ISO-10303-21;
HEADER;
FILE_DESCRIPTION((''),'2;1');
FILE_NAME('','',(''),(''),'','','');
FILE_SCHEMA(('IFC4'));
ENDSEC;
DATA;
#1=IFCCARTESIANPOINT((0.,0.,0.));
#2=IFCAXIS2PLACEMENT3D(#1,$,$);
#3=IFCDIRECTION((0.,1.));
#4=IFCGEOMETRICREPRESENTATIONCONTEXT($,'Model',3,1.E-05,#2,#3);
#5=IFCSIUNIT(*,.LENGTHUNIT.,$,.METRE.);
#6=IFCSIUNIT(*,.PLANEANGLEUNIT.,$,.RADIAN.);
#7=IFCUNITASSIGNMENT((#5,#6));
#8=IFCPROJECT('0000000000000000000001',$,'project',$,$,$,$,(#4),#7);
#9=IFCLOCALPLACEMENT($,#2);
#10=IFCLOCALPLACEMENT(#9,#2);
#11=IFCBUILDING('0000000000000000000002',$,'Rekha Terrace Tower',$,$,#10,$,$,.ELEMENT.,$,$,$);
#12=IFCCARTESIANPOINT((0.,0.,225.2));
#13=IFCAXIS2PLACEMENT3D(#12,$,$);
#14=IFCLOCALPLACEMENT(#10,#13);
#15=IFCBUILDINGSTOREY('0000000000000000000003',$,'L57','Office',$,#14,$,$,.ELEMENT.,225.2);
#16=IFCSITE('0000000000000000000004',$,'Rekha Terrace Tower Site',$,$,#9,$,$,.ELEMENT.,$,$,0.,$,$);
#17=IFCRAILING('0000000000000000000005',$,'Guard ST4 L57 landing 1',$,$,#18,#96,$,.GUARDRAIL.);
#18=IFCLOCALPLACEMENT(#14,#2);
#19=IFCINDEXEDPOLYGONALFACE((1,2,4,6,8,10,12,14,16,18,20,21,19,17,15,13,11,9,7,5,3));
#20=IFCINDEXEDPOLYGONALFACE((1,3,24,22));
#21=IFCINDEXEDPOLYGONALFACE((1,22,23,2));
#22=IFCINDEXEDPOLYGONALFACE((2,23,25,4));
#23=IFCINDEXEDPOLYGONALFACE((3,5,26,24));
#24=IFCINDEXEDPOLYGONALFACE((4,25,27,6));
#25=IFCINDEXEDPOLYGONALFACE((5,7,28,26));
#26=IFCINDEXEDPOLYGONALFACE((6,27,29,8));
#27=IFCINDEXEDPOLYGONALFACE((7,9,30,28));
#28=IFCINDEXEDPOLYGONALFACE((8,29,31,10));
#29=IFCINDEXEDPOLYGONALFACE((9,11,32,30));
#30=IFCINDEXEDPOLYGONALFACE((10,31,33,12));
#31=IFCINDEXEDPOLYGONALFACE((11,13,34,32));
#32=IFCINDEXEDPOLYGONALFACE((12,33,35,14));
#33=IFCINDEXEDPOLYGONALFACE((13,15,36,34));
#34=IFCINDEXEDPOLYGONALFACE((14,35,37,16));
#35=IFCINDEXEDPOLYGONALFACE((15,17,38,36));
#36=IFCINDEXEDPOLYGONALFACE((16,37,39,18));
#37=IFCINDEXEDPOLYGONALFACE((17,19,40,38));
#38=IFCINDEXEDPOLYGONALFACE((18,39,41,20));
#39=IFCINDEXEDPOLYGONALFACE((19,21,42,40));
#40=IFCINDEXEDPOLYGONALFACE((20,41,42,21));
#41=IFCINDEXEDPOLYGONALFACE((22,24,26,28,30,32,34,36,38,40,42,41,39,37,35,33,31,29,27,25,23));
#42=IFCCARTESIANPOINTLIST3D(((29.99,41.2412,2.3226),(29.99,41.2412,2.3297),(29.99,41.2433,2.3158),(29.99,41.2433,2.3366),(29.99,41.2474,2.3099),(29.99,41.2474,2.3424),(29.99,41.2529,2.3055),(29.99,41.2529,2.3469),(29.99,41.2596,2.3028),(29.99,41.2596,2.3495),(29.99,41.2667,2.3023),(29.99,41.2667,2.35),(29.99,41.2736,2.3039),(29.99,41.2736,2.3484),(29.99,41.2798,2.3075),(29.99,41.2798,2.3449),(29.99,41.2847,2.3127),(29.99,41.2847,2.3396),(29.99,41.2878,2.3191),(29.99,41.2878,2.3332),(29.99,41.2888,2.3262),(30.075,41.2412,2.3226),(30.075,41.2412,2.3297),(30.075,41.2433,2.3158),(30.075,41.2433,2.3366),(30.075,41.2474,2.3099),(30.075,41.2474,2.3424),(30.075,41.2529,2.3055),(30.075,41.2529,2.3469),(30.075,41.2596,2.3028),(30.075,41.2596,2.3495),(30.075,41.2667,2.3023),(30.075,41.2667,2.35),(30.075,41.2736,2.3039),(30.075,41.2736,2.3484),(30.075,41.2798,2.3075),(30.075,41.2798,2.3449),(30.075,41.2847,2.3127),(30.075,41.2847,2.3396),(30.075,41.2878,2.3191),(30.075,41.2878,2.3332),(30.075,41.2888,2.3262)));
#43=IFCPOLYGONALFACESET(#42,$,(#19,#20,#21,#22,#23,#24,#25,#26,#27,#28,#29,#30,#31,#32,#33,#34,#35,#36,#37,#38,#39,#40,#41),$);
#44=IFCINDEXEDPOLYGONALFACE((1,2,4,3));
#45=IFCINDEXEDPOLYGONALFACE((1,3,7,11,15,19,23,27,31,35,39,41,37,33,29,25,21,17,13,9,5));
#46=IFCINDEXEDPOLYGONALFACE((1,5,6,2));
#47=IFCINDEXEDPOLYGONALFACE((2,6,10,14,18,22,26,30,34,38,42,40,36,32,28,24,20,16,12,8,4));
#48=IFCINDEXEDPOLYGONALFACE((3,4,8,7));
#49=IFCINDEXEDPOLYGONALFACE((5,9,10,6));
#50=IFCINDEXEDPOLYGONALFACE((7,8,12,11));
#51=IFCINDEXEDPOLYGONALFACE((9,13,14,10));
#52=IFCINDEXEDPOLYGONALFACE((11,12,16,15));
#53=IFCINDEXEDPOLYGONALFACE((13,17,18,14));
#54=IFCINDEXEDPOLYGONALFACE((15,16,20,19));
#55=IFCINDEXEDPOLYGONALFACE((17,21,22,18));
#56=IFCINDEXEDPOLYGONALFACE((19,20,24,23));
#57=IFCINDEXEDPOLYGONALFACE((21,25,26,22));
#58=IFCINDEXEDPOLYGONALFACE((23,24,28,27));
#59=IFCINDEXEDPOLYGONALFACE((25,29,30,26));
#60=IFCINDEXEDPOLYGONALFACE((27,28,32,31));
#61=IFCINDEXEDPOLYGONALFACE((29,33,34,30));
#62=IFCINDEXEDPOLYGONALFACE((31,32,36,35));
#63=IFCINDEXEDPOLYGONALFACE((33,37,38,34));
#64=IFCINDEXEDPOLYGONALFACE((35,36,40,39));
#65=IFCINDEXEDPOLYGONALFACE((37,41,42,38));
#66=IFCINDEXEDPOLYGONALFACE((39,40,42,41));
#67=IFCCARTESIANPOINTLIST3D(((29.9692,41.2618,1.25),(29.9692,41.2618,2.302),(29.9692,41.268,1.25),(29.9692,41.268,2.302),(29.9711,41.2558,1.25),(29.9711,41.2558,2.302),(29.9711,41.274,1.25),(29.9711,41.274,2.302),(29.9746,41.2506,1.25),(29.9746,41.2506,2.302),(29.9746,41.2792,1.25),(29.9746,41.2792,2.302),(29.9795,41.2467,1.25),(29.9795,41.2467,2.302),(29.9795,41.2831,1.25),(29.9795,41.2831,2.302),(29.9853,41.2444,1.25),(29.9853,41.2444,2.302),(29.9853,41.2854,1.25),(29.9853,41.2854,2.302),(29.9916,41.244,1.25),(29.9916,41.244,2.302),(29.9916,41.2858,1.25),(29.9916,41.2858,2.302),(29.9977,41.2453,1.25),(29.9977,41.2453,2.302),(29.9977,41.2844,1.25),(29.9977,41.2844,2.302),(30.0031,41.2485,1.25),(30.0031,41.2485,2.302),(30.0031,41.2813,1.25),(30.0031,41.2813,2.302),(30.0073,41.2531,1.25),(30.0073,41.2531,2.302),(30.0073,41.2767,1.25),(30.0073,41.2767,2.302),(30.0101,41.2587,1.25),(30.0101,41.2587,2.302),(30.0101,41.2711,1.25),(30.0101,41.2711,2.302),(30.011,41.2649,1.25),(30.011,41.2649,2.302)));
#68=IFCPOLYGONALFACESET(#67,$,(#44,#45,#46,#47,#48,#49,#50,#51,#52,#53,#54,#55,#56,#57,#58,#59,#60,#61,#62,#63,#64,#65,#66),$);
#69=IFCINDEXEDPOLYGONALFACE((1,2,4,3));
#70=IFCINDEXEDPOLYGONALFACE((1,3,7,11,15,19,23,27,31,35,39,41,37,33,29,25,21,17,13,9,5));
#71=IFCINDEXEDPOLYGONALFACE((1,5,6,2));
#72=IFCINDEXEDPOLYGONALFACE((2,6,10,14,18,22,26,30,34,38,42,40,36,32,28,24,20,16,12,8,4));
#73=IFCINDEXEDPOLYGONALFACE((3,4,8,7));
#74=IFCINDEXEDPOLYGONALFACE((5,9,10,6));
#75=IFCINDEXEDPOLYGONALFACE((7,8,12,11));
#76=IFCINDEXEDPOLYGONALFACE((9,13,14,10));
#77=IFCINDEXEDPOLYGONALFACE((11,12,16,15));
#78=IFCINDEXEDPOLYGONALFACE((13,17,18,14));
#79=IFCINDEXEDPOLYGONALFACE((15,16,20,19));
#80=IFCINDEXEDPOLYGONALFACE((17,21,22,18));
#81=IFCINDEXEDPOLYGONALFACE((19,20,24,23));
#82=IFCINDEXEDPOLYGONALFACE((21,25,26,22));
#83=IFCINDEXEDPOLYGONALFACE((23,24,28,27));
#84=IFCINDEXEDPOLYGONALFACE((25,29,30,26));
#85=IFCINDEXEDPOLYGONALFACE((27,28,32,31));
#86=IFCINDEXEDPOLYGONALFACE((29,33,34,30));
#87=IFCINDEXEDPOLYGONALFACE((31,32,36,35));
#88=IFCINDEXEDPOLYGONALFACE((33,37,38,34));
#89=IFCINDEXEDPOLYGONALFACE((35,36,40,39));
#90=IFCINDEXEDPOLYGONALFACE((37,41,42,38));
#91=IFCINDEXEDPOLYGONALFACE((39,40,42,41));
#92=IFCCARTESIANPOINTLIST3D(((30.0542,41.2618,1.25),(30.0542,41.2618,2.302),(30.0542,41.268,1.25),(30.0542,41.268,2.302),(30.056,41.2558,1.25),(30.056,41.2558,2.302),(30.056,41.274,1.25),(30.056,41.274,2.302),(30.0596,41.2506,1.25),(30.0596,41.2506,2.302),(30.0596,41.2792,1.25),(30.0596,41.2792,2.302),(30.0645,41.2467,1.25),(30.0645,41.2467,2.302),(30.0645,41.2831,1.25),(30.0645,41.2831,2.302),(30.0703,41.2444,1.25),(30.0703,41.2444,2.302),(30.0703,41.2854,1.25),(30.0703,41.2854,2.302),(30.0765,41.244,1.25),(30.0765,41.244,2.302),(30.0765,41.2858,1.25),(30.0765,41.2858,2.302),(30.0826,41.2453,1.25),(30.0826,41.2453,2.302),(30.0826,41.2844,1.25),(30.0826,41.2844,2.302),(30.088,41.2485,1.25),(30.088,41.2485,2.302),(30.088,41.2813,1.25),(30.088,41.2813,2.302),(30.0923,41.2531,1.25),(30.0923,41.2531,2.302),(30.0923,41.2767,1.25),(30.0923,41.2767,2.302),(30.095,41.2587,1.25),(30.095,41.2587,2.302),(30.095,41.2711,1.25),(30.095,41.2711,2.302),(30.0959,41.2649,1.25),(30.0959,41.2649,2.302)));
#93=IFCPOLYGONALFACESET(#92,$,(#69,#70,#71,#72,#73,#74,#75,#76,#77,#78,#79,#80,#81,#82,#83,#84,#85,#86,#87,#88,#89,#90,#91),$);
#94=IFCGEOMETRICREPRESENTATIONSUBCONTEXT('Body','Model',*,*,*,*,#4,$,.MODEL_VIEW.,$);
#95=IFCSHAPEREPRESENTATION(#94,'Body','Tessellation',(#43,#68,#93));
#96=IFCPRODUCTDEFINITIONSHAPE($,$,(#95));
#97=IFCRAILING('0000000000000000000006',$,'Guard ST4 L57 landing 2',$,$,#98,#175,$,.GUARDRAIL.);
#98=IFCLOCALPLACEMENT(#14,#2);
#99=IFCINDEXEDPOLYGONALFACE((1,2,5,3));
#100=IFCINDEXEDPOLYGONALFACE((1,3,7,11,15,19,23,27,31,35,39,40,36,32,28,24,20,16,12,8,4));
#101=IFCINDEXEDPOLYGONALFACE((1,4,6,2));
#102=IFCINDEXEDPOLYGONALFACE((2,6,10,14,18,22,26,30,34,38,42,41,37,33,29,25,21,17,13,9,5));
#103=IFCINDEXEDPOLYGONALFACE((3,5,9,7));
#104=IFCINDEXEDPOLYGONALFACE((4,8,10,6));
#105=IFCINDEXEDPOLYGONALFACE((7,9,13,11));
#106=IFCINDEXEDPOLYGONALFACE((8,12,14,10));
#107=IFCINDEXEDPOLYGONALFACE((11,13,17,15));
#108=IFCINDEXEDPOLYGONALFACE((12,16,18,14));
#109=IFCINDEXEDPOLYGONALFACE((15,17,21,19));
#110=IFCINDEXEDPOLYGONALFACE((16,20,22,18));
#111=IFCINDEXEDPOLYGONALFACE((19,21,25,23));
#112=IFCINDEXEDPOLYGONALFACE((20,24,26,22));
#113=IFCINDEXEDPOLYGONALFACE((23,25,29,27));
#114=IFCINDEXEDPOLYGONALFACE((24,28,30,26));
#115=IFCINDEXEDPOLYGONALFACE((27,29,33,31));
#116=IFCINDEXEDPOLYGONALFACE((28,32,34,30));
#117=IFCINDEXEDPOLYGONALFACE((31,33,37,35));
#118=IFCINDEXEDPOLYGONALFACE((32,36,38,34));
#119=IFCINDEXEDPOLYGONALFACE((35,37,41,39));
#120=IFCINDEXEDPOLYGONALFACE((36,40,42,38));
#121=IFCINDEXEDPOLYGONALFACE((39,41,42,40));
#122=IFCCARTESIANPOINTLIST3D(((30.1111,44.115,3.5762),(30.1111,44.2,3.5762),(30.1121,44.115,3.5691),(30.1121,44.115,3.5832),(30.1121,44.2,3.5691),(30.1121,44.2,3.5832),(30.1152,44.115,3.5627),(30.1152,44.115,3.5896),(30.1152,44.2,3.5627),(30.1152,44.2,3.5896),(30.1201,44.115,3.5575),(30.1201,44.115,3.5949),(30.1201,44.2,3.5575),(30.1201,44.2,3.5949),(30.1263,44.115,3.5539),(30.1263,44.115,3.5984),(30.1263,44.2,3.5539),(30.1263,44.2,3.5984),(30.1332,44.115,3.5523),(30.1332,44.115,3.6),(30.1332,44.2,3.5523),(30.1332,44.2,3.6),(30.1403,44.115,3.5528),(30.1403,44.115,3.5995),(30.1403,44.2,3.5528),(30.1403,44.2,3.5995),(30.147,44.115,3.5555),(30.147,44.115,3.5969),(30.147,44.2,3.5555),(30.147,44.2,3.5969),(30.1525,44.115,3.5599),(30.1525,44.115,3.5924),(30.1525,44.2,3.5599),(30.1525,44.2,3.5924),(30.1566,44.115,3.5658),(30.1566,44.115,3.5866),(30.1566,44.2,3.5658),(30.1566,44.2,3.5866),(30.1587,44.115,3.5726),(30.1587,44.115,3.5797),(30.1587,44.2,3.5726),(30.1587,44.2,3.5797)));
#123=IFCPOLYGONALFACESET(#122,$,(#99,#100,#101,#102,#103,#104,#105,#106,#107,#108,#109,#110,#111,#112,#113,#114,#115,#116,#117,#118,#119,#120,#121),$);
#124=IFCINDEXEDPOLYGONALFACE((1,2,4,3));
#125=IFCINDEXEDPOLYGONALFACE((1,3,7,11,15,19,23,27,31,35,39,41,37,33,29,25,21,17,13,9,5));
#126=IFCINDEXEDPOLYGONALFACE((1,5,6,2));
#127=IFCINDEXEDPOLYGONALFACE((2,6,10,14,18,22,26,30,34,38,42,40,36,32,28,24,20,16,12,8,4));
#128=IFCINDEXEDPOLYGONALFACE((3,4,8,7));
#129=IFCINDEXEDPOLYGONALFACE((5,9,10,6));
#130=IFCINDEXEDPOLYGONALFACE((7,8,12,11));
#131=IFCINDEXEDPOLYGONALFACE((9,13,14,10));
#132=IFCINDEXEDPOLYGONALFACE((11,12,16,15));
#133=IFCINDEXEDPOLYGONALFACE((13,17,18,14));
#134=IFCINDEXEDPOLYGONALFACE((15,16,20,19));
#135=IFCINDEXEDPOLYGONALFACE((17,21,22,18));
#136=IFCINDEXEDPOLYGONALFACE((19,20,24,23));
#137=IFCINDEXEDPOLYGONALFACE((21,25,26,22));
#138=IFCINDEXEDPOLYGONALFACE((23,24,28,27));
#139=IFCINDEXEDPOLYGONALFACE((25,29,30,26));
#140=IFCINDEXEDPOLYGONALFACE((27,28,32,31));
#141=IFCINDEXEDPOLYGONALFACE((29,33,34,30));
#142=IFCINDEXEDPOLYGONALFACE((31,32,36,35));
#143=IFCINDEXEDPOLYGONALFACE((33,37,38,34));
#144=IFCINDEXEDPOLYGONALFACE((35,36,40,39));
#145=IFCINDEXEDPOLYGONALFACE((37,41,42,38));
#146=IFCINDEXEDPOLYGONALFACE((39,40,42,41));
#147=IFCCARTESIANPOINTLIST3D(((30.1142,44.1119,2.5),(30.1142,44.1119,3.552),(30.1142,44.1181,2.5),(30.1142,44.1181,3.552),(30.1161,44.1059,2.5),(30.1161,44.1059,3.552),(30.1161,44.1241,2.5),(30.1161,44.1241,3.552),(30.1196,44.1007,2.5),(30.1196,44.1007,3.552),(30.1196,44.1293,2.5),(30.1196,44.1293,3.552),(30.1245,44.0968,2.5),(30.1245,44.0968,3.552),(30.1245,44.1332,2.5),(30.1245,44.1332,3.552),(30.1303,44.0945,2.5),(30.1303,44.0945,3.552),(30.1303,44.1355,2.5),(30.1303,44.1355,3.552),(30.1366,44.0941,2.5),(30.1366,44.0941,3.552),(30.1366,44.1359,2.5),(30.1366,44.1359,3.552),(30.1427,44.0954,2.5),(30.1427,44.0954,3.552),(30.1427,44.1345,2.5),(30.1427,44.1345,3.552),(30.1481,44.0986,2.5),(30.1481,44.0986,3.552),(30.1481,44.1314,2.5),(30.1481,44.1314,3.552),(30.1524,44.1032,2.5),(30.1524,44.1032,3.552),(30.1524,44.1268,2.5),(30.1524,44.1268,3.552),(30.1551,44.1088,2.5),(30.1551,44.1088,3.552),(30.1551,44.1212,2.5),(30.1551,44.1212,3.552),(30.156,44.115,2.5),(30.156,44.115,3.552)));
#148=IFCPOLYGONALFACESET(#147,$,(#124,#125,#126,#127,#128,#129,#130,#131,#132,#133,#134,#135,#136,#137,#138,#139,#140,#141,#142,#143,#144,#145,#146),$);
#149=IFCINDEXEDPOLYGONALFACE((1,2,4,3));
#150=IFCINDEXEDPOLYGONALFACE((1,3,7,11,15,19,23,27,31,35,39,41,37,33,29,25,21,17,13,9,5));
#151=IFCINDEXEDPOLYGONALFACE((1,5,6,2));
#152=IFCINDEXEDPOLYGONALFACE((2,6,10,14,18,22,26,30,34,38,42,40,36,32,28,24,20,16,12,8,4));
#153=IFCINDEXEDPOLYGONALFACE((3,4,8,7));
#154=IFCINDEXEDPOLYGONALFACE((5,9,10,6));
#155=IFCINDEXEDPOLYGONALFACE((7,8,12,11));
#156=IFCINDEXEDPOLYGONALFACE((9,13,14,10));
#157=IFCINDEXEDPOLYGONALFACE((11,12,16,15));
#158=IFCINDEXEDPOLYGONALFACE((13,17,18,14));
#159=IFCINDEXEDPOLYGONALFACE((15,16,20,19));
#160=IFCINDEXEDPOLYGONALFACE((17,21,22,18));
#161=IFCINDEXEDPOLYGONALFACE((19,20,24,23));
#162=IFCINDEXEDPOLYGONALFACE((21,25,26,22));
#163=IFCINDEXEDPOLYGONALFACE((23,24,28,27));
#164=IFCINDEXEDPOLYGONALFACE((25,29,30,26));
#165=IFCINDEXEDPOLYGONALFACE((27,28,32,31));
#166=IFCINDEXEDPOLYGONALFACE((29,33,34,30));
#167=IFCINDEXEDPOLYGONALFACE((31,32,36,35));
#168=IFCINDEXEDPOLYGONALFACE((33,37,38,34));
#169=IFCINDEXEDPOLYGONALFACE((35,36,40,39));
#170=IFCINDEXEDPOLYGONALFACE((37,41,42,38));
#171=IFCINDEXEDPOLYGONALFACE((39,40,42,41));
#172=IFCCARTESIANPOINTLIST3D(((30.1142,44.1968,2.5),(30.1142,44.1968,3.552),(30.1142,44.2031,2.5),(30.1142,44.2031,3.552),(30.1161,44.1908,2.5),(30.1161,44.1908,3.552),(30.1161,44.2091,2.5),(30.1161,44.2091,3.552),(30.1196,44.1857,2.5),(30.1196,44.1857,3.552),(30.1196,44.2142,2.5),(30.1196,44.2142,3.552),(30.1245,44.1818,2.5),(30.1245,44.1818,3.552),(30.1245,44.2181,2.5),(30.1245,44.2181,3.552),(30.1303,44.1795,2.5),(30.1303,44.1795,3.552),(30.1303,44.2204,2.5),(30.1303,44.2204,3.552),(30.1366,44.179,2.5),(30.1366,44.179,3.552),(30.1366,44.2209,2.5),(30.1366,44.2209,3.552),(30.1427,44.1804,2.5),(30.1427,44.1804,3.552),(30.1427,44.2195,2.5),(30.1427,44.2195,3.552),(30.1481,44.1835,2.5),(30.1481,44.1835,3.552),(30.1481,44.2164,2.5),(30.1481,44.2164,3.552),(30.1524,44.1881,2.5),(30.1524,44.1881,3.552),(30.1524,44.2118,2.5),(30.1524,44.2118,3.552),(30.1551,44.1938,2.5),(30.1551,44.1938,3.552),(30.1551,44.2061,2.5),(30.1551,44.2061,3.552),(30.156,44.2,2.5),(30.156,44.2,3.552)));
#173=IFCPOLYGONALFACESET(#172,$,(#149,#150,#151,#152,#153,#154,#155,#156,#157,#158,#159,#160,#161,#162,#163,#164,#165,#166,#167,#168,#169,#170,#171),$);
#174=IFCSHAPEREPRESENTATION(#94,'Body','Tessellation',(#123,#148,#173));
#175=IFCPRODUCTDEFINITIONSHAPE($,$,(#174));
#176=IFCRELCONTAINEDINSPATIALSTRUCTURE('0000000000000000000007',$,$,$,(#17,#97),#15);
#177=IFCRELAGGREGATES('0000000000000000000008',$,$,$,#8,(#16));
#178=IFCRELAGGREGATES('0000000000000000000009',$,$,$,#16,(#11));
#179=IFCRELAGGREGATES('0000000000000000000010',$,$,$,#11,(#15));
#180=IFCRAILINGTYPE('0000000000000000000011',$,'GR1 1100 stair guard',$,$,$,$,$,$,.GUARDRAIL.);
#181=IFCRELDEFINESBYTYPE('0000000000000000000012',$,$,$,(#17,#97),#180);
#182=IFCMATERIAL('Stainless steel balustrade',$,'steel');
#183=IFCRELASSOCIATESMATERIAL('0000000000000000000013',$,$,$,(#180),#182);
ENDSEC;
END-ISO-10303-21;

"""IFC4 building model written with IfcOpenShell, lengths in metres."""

from ifc_helpers import new_model, si_unit, direction, frame, origin, origin_2d, place, context, subcontext, project, spatial, circle, extrude, material, type_object, element, save


model = new_model("IFC4")

# Units and contexts
model_context = context("Model", 3, precision=1e-05, world=origin(), true_north=direction((0.0, 1.0)))
body_context = subcontext(model_context, "Body", "Model", "MODEL_VIEW")
ifc_project = project(units=[si_unit("LENGTHUNIT", "METRE"), si_unit("PLANEANGLEUNIT", "RADIAN")], contexts=[model_context])

# Site, building, storey
site_placement = place(None, origin())
site = spatial("IfcSite", under=ifc_project, at=site_placement, Name="Rekha Terrace Tower Site", CompositionType="ELEMENT", RefElevation=0.0)
building_placement = place(site_placement, origin())
building = spatial("IfcBuilding", under=site, at=building_placement, Name="Rekha Terrace Tower", CompositionType="ELEMENT")
storey_placement = place(building_placement, frame((0.0, 0.0, 225.2)))
storey = spatial("IfcBuildingStorey", under=building, at=storey_placement, Name="L57", Description="Office", CompositionType="ELEMENT", Elevation=225.2)

# Railings
ifc_material_1 = material(Name="Stainless steel balustrade", Category="steel")
railing_type_1 = type_object("IfcRailingType", Name="GR1 1100 stair guard", PredefinedType="GUARDRAIL", material=ifc_material_1)
railing_1_placement = place(storey_placement, frame((29.99, 41.2649, 1.25)))
element("IfcRailing", 1, at=railing_1_placement, inside=storey, type_object=railing_type_1, Name="Guard ST4 L57 landing 1", PredefinedType="GUARDRAIL", context=body_context, shape_type="SweptSolid", body=[
    extrude(circle(Radius=0.0239, at=origin_2d()), frame((0.0, 0.0, 1.0762), z_axis=(1.0, 0.0, 0.0), x_axis=(0.0, 1.0, 0.0)), (0.0, 0.0, 1.0), 0.085),
    extrude(circle(Radius=0.021, at=origin_2d()), origin(), (0.0, 0.0, 1.0), 1.052),
    extrude(circle(Radius=0.021, at=origin_2d()), frame((0.085, 0.0, 0.0)), (0.0, 0.0, 1.0), 1.052),
])
railing_2_placement = place(storey_placement, frame((30.135, 44.115, 2.5)))
element("IfcRailing", 2, at=railing_2_placement, inside=storey, type_object=railing_type_1, Name="Guard ST4 L57 landing 2", PredefinedType="GUARDRAIL", context=body_context, shape_type="SweptSolid", body=[
    extrude(circle(Radius=0.0239, at=origin_2d()), frame((0.0, 0.0, 1.0762), z_axis=(0.0, 1.0, 0.0), x_axis=(-1.0, 0.0, 0.0)), (0.0, 0.0, 1.0), 0.085),
    extrude(circle(Radius=0.021, at=origin_2d()), origin(), (0.0, 0.0, 1.0), 1.052),
    extrude(circle(Radius=0.021, at=origin_2d()), frame((0.0, 0.085, 0.0)), (0.0, 0.0, 1.0), 1.052),
])

save(model, "model.ifc")
